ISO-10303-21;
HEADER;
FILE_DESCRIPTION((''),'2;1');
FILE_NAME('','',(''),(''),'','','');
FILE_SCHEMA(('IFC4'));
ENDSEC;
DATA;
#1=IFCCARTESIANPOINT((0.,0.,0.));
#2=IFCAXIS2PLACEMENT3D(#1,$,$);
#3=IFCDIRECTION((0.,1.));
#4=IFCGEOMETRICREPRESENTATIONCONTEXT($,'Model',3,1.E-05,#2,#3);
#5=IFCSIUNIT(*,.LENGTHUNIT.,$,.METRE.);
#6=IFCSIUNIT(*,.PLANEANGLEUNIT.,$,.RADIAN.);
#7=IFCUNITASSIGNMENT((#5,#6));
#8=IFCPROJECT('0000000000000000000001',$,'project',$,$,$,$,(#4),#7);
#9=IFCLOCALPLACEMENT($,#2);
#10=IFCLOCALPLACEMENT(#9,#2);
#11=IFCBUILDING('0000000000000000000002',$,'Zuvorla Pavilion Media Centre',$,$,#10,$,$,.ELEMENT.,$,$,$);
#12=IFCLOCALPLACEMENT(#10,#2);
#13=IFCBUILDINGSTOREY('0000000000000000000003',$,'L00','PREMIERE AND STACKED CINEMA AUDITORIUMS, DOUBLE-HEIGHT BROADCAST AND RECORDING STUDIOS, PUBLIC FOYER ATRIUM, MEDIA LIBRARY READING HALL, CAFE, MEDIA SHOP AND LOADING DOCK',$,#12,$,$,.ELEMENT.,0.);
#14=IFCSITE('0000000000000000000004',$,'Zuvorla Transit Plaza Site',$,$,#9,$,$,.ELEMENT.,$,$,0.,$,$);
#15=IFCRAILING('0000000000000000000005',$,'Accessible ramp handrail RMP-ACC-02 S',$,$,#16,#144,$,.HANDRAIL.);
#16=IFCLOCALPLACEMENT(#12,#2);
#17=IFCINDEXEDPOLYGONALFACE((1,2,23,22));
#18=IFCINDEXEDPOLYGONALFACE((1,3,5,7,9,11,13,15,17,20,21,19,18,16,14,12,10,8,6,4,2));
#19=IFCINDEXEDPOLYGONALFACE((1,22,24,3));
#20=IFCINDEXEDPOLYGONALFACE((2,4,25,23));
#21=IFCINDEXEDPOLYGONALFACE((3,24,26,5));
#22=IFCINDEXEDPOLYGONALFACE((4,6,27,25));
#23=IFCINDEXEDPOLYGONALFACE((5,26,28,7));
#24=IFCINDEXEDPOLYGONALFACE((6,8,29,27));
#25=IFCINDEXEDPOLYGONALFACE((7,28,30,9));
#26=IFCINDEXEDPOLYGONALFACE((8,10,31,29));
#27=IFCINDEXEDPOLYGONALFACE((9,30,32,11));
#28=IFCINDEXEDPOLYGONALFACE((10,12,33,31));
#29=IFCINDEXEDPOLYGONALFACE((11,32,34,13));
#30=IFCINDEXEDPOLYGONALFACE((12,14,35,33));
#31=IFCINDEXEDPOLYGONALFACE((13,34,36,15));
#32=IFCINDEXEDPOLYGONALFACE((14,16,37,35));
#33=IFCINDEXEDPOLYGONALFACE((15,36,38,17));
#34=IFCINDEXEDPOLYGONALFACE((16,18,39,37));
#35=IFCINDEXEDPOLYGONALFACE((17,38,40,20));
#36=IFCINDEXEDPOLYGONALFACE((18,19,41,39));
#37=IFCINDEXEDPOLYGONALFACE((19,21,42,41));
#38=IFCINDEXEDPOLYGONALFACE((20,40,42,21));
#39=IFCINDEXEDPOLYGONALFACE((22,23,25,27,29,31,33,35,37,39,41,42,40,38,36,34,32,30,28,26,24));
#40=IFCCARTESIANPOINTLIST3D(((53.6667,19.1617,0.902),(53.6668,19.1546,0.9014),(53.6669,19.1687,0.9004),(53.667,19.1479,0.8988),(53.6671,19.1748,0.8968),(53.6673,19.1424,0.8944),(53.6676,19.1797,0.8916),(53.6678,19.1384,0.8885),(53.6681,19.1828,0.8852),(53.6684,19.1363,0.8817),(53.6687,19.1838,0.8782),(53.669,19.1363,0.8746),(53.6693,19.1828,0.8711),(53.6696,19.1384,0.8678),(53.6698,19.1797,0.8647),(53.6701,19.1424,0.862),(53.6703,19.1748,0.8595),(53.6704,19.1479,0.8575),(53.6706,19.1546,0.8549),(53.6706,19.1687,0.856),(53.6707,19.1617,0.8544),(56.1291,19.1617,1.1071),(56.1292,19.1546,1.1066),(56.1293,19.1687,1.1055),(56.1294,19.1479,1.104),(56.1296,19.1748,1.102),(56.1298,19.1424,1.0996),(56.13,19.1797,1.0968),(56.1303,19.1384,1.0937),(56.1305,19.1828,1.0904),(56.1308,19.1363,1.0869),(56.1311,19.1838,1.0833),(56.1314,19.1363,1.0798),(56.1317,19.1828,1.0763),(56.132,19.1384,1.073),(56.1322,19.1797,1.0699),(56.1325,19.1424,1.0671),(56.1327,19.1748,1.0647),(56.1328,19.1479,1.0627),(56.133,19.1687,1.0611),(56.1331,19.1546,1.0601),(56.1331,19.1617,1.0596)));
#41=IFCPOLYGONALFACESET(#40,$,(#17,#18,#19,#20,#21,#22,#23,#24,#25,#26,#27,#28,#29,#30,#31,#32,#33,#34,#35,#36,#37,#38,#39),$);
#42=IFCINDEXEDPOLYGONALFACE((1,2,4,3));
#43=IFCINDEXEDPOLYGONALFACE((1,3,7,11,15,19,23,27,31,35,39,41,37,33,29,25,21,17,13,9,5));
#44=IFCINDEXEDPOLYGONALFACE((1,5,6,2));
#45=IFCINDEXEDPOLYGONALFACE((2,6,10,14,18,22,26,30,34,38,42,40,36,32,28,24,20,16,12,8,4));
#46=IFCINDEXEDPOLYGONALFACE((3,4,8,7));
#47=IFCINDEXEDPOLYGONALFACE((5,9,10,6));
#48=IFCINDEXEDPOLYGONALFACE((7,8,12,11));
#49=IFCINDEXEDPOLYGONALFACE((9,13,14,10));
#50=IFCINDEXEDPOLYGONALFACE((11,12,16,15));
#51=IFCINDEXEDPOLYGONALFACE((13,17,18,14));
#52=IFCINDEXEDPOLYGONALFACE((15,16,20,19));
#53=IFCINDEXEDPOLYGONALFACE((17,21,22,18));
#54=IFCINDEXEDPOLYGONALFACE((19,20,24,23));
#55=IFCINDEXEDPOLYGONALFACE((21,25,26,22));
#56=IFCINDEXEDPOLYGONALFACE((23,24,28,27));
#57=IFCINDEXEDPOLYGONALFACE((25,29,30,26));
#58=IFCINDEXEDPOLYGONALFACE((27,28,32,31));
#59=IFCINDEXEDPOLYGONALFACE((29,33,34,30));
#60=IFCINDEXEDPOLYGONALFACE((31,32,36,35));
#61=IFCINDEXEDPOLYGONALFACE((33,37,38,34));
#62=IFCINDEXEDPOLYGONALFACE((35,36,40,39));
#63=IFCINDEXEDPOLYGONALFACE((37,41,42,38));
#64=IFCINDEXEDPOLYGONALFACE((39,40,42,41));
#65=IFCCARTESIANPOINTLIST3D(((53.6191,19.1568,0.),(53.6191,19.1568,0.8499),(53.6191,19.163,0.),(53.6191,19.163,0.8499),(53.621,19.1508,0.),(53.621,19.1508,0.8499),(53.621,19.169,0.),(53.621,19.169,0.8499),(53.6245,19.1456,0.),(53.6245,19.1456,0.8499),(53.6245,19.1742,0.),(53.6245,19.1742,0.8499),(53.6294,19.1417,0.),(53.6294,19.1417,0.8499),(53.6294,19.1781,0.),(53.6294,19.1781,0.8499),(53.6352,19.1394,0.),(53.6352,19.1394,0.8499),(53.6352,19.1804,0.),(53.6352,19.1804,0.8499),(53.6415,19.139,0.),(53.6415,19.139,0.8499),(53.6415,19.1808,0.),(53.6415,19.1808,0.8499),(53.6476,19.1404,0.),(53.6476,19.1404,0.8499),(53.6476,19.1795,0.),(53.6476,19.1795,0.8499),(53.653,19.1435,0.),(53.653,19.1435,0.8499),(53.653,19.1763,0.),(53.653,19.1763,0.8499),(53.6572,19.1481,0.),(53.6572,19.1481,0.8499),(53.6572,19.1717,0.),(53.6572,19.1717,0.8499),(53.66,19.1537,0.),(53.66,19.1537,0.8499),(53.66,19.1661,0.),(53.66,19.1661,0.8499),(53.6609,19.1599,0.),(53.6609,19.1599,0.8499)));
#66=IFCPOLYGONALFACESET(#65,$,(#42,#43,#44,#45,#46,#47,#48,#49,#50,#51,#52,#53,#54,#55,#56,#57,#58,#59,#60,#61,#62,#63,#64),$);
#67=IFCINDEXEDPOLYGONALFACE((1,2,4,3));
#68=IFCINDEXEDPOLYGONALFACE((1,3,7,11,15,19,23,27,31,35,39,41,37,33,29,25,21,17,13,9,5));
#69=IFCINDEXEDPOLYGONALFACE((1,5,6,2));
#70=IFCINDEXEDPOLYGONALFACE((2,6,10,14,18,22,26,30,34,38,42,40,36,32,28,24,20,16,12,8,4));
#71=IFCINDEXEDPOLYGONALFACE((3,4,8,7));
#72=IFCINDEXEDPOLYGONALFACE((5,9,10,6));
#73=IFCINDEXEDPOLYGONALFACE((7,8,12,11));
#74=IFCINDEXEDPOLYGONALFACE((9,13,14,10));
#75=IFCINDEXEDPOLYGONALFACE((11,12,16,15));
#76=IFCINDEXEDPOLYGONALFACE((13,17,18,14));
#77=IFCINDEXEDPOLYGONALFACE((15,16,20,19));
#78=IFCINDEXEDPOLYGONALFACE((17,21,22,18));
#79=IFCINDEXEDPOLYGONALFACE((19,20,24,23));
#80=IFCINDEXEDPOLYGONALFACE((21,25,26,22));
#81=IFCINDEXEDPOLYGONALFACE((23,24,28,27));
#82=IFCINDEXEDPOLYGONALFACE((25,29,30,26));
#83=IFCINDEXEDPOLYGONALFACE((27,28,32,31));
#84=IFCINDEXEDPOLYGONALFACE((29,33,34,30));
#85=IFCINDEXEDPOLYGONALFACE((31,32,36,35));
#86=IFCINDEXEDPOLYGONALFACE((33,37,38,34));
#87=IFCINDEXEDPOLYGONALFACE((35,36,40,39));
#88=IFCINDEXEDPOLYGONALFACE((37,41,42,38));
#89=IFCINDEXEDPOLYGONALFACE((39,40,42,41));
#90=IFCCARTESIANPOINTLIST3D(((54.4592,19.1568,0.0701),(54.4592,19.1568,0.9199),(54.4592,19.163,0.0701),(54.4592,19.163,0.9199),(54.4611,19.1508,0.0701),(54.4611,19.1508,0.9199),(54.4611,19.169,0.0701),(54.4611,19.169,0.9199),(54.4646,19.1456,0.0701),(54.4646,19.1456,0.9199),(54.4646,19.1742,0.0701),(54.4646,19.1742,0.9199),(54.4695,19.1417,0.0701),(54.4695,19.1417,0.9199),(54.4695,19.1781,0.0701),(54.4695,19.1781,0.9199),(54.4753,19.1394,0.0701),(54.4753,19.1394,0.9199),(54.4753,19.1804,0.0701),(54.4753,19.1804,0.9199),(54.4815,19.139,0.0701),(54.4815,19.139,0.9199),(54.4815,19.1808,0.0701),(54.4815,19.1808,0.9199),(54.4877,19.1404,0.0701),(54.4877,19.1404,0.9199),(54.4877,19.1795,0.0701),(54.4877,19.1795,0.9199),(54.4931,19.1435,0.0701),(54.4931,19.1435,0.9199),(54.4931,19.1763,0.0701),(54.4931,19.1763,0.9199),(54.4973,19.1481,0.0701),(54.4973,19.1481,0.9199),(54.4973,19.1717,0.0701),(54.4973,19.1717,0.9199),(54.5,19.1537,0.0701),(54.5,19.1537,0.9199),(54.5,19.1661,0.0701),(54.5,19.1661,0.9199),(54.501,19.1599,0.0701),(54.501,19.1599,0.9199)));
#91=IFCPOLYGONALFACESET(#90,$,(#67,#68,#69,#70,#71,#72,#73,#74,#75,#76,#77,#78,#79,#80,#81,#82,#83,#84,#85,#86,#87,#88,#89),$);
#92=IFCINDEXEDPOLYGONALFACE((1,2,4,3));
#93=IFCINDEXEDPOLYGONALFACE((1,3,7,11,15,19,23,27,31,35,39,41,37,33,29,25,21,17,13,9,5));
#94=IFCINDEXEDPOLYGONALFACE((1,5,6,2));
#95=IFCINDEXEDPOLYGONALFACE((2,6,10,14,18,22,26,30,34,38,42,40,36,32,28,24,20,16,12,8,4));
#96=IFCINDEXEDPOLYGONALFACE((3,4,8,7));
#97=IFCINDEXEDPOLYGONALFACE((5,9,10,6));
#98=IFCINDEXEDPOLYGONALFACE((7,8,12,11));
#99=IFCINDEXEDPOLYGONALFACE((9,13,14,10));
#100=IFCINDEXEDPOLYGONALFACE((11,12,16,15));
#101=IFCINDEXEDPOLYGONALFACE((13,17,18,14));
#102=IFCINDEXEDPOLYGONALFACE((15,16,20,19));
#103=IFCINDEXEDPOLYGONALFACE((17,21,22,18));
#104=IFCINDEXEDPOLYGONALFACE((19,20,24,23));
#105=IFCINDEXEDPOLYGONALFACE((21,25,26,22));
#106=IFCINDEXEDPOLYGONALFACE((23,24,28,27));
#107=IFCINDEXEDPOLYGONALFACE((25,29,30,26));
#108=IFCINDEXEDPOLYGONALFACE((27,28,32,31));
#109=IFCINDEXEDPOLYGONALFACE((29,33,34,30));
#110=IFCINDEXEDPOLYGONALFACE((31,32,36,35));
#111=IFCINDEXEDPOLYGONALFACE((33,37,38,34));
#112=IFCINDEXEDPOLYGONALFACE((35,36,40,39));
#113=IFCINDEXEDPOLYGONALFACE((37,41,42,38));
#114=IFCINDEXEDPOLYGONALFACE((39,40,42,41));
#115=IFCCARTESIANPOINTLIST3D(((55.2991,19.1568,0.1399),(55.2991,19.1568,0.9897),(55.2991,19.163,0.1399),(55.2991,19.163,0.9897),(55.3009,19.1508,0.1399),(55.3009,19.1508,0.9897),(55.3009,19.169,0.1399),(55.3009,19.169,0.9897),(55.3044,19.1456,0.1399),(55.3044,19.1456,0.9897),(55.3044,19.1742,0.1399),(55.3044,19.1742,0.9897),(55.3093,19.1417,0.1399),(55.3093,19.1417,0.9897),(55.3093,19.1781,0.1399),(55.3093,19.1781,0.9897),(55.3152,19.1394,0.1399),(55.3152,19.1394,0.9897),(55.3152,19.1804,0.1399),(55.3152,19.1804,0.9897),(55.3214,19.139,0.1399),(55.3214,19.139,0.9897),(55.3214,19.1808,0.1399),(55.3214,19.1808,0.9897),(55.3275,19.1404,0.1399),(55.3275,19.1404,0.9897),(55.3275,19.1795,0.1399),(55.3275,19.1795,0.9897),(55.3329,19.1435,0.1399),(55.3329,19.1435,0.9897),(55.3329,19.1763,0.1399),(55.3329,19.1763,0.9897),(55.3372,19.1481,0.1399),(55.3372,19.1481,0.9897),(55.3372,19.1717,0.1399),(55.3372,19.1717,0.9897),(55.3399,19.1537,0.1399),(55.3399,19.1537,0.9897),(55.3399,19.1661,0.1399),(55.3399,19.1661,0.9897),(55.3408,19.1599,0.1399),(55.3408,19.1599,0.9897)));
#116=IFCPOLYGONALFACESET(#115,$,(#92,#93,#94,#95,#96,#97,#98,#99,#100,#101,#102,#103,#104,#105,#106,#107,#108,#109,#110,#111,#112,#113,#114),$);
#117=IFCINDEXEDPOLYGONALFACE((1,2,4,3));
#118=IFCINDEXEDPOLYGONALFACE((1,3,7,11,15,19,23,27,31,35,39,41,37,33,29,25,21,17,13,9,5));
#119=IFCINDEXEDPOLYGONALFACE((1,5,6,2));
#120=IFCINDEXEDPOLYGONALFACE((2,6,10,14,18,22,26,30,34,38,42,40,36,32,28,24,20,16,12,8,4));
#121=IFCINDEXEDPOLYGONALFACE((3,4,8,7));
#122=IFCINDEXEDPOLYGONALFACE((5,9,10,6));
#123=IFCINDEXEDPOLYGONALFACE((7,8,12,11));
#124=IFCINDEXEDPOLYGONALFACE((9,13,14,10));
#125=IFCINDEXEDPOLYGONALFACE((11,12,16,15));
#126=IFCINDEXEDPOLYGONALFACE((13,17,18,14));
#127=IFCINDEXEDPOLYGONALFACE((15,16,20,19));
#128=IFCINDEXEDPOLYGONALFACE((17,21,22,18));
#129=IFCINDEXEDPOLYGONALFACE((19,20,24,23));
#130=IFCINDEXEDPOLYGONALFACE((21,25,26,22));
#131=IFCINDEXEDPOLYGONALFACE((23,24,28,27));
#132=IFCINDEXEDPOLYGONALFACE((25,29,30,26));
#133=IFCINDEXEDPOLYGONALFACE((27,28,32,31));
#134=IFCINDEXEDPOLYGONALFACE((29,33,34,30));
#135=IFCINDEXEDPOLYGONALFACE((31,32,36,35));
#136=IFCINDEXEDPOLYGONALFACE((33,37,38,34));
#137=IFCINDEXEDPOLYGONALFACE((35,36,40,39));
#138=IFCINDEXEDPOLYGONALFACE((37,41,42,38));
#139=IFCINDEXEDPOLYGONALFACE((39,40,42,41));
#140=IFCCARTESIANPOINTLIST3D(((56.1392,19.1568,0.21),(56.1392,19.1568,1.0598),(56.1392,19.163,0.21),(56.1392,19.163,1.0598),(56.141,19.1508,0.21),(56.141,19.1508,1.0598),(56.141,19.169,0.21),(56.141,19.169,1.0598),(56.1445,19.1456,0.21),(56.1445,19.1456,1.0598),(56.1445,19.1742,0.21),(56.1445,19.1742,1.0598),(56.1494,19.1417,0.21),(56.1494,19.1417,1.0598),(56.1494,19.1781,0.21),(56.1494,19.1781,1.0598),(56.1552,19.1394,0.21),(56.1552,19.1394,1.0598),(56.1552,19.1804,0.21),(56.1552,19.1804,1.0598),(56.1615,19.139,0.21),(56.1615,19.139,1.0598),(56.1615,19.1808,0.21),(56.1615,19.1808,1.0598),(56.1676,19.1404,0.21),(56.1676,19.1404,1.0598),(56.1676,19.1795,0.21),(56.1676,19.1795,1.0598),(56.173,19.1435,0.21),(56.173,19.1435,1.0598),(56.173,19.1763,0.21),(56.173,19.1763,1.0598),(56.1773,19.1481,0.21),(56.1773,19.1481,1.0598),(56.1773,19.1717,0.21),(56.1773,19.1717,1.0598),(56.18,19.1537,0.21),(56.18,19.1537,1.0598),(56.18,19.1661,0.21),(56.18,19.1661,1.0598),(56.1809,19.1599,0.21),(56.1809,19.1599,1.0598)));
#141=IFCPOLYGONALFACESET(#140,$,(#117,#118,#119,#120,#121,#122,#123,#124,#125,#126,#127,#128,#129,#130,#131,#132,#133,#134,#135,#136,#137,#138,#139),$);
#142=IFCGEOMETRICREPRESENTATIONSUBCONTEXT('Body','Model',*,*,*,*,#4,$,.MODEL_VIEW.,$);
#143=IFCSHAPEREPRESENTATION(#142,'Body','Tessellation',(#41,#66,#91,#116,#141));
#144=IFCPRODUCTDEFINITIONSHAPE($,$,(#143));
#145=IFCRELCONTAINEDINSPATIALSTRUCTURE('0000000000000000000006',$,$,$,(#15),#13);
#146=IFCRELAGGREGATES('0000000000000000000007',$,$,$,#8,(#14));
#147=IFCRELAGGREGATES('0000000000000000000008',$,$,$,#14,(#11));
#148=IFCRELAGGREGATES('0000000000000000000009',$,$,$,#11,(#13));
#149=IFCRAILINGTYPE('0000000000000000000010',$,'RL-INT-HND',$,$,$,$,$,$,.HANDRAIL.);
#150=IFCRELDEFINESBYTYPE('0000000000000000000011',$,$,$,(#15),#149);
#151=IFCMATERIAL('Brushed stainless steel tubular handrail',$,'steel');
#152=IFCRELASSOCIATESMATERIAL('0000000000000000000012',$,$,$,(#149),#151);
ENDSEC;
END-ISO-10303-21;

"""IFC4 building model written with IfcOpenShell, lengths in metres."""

from ifc_helpers import new_model, si_unit, direction, frame, origin, origin_2d, place, context, subcontext, project, spatial, circle, extrude, material, type_object, element, save


model = new_model("IFC4")

# Units and contexts
model_context = context("Model", 3, precision=1e-05, world=origin(), true_north=direction((0.0, 1.0)))
body_context = subcontext(model_context, "Body", "Model", "MODEL_VIEW")
ifc_project = project(units=[si_unit("LENGTHUNIT", "METRE"), si_unit("PLANEANGLEUNIT", "RADIAN")], contexts=[model_context])

# Site, building, storey
site_placement = place(None, origin())
site = spatial("IfcSite", under=ifc_project, at=site_placement, Name="Zuvorla Transit Plaza Site", CompositionType="ELEMENT", RefElevation=0.0)
building_placement = place(site_placement, origin())
building = spatial("IfcBuilding", under=site, at=building_placement, Name="Zuvorla Pavilion Media Centre", CompositionType="ELEMENT")
storey_placement = place(building_placement, origin())
storey = spatial("IfcBuildingStorey", under=building, at=storey_placement, Name="L00", Description="PREMIERE AND STACKED CINEMA AUDITORIUMS, DOUBLE-HEIGHT BROADCAST AND RECORDING STUDIOS, PUBLIC FOYER ATRIUM, MEDIA LIBRARY READING HALL, CAFE, MEDIA SHOP AND LOADING DOCK", CompositionType="ELEMENT", Elevation=0.0)

# Railing
ifc_material_1 = material(Name="Brushed stainless steel tubular handrail", Category="steel")
railing_type = type_object("IfcRailingType", Name="RL-INT-HND", PredefinedType="HANDRAIL", material=ifc_material_1)
for number, where, name in (
    (1, (53.6399, 19.1599, 0.0), "Accessible ramp handrail RMP-ACC-02 S"),
):
    element("IfcRailing", number, at=place(storey_placement, frame(where)), inside=storey, type_object=railing_type, Name=name, PredefinedType="HANDRAIL", context=body_context, shape_type="SweptSolid", body=[
        extrude(circle(Radius=0.0239, at=origin_2d()), frame((0.0288, 0.0, 0.8782), z_axis=(0.996547, 0.0, 0.083029), x_axis=(0.0, 1.0, 0.0)), (0.0, 0.0, 1.0), 2.4709),
        extrude(circle(Radius=0.021, at=origin_2d()), origin(), (0.0, 0.0, 1.0), 0.8499),
        extrude(circle(Radius=0.021, at=origin_2d()), frame((0.8401, 0.0, 0.0701)), (0.0, 0.0, 1.0), 0.8499),
        extrude(circle(Radius=0.021, at=origin_2d()), frame((1.6799, 0.0, 0.1399)), (0.0, 0.0, 1.0), 0.8499),
        extrude(circle(Radius=0.021, at=origin_2d()), frame((2.52, 0.0, 0.21)), (0.0, 0.0, 1.0), 0.8499),
    ])

save(model, "model.ifc")
